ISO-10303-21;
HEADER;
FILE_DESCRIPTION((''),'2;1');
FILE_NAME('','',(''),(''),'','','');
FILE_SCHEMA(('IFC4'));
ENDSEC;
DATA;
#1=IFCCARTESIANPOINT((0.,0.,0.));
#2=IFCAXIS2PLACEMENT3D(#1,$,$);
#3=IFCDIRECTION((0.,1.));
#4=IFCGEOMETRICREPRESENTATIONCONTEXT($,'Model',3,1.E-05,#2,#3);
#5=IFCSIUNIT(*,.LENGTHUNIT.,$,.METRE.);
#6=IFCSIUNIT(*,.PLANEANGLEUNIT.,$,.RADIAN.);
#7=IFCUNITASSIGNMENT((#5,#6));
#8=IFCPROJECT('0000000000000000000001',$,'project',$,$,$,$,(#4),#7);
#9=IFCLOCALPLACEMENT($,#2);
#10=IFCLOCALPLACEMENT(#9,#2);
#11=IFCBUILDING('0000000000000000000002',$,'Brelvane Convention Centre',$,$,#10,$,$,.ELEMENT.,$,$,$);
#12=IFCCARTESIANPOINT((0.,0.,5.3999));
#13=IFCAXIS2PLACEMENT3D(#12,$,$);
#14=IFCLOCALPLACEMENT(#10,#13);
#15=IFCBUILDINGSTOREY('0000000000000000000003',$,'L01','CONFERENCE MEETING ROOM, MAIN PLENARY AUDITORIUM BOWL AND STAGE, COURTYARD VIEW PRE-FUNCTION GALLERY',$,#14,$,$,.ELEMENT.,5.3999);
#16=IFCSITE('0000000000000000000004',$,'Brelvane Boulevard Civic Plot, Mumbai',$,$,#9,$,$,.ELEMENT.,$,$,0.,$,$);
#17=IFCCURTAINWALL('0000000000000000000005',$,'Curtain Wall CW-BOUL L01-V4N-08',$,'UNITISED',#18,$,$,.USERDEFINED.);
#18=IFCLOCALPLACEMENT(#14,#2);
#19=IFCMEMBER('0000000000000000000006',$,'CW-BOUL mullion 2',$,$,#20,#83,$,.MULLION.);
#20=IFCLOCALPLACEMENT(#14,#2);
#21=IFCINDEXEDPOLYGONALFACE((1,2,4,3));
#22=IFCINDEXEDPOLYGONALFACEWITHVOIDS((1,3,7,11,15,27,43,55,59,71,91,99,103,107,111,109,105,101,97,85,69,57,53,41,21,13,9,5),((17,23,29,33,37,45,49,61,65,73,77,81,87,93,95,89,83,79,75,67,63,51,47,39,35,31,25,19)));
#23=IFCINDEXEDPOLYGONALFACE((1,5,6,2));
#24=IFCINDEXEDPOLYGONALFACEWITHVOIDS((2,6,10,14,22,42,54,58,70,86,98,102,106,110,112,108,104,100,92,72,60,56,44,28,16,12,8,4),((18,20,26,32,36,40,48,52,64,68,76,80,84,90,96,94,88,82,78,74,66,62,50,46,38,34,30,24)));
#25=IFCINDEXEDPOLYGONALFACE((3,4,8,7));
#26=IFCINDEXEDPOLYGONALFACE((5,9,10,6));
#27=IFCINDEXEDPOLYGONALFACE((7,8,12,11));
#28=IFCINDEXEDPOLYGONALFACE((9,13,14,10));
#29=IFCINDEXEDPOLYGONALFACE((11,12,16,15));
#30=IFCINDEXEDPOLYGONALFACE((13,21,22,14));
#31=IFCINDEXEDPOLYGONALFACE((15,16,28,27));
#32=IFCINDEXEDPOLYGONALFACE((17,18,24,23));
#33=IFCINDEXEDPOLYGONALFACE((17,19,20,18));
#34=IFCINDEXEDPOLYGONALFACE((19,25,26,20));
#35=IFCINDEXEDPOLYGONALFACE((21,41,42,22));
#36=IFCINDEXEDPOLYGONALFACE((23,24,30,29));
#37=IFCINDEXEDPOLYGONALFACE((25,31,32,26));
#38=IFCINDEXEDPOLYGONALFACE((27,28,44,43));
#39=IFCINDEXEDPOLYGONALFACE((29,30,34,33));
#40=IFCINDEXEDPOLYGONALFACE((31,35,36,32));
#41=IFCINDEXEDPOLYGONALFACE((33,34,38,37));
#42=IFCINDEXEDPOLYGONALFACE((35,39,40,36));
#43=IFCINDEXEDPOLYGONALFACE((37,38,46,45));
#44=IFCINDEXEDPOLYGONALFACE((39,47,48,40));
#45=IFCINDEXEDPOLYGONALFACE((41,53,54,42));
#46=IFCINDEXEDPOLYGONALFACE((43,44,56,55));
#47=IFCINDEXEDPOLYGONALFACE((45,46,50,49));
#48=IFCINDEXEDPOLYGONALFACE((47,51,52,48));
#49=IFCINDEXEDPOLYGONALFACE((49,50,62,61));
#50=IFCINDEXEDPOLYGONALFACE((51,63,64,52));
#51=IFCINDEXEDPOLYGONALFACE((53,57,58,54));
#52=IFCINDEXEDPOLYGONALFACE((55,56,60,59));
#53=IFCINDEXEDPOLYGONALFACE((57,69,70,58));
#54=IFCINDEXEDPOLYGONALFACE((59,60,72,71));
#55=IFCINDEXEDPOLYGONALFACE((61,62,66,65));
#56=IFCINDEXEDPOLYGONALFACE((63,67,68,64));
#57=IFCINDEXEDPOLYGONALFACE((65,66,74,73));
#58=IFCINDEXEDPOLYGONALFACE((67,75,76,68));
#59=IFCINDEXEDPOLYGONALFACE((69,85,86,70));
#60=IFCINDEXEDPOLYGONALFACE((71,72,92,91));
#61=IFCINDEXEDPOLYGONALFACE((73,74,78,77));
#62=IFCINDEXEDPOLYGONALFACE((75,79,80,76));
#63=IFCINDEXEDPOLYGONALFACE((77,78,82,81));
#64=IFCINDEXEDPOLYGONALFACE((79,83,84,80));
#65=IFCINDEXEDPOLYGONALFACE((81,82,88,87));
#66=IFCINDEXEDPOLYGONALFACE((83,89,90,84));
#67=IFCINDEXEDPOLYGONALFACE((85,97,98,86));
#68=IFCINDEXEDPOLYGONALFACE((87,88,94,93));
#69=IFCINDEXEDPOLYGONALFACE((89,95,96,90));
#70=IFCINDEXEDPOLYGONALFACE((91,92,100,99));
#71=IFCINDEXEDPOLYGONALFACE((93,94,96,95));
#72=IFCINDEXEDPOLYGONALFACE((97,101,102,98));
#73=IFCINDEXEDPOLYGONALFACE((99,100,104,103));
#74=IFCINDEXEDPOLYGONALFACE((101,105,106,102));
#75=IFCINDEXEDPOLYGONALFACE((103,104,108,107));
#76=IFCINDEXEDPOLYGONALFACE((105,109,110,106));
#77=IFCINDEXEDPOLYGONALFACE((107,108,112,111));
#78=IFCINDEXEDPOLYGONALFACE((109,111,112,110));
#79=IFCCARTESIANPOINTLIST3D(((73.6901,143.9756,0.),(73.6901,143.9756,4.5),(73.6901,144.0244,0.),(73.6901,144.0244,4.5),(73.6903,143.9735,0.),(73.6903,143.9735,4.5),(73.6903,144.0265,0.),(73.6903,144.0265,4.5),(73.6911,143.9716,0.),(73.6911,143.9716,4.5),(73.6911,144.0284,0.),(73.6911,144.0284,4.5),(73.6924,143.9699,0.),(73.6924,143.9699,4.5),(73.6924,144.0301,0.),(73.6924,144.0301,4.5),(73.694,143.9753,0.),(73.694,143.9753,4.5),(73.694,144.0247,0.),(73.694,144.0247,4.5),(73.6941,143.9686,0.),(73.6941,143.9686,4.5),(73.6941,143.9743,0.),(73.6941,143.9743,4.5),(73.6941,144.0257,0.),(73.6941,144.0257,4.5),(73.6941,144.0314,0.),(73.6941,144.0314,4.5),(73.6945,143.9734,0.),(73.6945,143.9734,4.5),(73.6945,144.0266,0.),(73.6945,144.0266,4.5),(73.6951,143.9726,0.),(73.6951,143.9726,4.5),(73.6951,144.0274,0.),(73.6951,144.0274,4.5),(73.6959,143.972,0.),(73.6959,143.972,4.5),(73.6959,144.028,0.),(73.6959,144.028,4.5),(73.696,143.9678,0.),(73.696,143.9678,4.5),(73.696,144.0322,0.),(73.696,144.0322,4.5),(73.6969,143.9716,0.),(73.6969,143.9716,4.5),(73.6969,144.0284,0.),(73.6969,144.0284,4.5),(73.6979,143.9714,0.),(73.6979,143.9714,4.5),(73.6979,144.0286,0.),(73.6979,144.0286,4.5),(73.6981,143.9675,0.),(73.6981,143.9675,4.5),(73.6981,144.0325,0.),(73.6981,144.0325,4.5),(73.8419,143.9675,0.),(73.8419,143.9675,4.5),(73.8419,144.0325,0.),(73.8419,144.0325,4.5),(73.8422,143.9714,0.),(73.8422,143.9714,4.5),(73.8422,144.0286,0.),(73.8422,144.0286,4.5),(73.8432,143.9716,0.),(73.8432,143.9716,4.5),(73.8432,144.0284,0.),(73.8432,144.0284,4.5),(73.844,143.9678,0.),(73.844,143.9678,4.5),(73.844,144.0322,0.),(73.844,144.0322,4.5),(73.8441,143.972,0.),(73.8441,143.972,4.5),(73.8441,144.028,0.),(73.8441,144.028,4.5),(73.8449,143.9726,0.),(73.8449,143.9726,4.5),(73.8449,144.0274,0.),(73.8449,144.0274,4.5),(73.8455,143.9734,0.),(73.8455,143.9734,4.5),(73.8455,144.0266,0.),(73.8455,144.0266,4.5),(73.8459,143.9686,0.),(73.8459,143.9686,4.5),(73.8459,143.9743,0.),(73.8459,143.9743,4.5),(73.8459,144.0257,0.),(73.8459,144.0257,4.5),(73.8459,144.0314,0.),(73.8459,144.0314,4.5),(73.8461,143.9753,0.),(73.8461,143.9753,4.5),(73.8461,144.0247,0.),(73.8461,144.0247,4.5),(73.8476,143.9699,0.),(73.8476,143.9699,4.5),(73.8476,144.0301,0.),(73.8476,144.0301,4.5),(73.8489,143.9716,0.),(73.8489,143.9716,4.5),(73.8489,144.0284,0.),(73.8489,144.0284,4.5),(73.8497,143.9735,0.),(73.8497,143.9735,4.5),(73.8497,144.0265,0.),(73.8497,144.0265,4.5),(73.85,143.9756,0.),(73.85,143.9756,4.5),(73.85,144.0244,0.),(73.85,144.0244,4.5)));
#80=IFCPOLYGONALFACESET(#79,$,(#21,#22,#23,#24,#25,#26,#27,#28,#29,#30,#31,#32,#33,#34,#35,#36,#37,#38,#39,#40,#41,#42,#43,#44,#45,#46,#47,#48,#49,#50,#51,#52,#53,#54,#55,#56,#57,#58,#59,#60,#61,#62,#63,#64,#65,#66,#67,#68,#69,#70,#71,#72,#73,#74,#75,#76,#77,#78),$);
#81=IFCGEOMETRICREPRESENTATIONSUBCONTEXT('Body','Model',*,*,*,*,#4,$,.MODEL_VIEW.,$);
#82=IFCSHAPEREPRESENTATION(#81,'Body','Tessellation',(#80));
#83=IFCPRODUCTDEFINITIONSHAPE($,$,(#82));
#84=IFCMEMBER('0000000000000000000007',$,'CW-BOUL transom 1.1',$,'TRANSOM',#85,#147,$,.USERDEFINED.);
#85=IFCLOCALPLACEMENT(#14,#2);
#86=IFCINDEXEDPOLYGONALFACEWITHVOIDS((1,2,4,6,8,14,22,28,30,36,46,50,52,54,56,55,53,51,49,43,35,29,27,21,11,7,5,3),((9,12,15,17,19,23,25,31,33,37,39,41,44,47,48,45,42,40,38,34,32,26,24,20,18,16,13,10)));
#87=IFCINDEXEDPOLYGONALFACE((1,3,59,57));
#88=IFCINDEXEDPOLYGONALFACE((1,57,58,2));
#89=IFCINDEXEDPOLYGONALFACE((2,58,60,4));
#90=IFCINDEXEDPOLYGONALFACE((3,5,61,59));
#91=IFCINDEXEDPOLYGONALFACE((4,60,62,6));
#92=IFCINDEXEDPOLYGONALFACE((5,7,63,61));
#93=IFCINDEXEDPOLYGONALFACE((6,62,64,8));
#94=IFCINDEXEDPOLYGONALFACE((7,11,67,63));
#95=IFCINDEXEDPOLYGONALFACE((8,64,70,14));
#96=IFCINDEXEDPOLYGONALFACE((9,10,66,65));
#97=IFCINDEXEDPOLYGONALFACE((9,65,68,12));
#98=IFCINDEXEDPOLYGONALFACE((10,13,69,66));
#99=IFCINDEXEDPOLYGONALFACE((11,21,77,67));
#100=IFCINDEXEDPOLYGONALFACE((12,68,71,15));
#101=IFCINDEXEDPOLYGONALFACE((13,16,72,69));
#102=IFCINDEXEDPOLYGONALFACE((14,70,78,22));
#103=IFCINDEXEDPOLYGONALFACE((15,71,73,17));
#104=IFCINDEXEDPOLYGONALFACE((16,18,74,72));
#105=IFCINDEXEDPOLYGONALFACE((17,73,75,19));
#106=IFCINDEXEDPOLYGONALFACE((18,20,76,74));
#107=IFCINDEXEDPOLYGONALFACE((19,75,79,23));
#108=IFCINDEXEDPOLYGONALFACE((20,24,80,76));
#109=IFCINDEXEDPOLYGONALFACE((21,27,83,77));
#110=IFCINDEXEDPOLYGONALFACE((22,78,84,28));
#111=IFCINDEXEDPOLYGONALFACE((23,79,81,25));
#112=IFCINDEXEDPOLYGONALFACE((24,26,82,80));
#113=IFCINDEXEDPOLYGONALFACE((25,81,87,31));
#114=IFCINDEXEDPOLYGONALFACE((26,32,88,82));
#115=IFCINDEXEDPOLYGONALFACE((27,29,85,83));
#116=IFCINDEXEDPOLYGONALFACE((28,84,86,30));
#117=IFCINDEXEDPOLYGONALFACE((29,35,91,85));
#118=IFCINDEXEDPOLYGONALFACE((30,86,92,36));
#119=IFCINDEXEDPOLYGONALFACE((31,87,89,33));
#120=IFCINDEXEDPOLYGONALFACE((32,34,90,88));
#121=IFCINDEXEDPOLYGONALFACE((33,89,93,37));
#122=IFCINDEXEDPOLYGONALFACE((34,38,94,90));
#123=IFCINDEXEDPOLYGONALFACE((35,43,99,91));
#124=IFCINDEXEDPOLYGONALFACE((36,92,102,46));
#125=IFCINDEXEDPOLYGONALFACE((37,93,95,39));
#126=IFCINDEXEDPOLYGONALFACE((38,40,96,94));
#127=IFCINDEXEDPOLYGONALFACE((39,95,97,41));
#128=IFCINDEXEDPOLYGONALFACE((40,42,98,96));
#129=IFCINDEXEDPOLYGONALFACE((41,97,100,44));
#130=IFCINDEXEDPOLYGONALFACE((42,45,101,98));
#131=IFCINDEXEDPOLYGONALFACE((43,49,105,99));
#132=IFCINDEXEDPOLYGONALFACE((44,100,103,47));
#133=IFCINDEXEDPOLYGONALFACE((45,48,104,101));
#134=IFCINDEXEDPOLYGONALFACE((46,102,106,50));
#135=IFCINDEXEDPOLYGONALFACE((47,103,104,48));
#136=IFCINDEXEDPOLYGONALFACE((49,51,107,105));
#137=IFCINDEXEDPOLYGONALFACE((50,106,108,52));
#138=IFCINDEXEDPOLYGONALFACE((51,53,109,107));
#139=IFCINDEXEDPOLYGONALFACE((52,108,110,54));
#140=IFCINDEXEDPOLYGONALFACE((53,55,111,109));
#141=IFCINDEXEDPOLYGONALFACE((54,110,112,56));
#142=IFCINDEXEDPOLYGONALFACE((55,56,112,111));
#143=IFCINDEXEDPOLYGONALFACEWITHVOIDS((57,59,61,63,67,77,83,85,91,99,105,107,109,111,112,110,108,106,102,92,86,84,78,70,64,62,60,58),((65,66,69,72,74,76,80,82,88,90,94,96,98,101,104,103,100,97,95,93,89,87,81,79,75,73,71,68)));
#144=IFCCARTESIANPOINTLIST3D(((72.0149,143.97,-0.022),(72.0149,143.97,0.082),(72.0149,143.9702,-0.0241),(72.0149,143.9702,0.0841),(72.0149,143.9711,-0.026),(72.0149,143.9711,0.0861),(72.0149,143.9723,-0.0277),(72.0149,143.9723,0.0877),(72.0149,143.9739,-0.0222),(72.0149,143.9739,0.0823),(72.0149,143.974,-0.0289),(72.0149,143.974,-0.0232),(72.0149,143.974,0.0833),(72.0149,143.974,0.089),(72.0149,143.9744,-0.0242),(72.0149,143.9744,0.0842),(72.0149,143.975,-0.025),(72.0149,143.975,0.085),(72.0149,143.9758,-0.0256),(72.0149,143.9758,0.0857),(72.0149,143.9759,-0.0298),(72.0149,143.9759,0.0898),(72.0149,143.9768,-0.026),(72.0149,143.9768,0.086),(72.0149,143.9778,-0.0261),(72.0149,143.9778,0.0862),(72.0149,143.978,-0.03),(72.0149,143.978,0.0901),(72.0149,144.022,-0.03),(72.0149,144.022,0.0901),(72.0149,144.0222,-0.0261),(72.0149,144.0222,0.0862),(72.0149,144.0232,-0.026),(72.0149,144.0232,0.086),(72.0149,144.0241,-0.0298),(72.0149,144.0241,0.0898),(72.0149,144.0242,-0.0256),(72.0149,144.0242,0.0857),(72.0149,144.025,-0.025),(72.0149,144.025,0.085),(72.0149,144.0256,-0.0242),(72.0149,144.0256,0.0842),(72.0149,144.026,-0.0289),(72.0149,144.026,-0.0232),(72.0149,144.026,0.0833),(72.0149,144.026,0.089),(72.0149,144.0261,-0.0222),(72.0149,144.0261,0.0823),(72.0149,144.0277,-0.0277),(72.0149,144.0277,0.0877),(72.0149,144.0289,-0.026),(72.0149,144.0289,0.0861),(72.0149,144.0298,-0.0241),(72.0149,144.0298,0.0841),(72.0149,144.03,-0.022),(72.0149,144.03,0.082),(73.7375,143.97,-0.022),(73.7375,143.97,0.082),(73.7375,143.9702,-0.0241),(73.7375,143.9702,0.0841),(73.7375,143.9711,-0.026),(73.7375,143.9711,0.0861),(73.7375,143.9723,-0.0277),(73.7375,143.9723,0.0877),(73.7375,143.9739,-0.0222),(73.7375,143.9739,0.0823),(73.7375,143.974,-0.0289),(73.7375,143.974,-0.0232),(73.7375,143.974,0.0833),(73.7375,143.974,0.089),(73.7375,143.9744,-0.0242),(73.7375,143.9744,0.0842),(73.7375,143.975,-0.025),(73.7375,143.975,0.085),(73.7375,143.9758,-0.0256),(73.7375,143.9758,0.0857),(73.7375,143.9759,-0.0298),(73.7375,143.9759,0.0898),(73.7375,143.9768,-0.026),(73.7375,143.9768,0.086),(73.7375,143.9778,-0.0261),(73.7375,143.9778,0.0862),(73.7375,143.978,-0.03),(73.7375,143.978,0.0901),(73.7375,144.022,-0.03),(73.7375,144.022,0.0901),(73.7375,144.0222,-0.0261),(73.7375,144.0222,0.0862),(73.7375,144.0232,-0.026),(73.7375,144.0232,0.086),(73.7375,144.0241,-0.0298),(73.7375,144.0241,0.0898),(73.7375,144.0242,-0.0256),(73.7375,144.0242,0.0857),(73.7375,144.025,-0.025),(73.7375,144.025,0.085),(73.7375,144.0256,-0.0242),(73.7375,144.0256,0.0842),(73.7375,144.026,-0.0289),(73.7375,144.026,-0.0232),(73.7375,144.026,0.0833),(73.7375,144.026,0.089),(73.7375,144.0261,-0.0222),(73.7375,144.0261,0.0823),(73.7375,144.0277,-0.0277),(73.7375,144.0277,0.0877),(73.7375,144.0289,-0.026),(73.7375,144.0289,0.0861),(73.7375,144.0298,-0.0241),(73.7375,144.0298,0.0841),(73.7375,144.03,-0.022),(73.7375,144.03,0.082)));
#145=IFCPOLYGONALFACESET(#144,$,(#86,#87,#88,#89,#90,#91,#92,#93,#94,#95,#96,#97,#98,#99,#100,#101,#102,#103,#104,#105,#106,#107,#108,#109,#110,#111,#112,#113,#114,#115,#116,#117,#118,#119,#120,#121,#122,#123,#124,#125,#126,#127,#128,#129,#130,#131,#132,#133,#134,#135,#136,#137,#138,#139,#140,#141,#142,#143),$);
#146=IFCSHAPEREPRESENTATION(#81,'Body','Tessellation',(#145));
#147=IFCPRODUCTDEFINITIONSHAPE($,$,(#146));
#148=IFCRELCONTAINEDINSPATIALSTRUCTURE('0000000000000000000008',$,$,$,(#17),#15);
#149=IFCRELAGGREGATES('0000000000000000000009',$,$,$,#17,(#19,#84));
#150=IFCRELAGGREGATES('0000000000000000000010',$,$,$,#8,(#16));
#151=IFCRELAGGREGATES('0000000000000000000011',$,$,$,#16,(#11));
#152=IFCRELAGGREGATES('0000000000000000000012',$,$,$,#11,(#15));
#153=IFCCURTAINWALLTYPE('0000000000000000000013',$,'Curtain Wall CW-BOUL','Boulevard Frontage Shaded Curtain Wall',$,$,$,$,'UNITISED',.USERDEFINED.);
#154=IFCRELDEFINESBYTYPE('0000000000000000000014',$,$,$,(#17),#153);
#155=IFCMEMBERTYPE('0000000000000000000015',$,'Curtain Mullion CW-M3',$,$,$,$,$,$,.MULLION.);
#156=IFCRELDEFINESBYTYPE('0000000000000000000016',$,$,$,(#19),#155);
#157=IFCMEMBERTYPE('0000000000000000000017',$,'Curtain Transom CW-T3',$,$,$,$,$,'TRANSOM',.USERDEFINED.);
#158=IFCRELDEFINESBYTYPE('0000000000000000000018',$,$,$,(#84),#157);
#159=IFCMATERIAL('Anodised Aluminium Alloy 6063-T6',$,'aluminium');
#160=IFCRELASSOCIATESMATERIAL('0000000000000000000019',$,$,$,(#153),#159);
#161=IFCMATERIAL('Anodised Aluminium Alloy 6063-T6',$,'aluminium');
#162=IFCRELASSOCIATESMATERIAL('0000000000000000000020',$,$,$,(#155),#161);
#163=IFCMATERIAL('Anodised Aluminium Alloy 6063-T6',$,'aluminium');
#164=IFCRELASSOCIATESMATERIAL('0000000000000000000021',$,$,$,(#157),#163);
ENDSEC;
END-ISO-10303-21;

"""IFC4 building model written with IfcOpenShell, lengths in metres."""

from ifc_helpers import new_model, si_unit, direction, frame, origin, origin_2d, place, context, subcontext, project, spatial, hollow_rectangle, extrude, material, material_profile, profile_set, type_object, element, aggregate, save


model = new_model("IFC4")

# Units and contexts
model_context = context("Model", 3, precision=1e-05, world=origin(), true_north=direction((0.0, 1.0)))
body_context = subcontext(model_context, "Body", "Model", "MODEL_VIEW")
ifc_project = project(units=[si_unit("LENGTHUNIT", "METRE"), si_unit("PLANEANGLEUNIT", "RADIAN")], contexts=[model_context])

# Site, building, storey
site_placement = place(None, origin())
site = spatial("IfcSite", under=ifc_project, at=site_placement, Name="Brelvane Boulevard Civic Plot, Mumbai", CompositionType="ELEMENT", RefElevation=0.0)
building_placement = place(site_placement, origin())
building = spatial("IfcBuilding", under=site, at=building_placement, Name="Brelvane Convention Centre", CompositionType="ELEMENT")
storey_placement = place(building_placement, frame((0.0, 0.0, 5.3999)))
storey = spatial("IfcBuildingStorey", under=building, at=storey_placement, Name="L01", Description="CONFERENCE MEETING ROOM, MAIN PLENARY AUDITORIUM BOWL AND STAGE, COURTYARD VIEW PRE-FUNCTION GALLERY", CompositionType="ELEMENT", Elevation=5.3999)

# Curtain wall, members
ifc_material_1 = material(Name="Anodised Aluminium Alloy 6063-T6", Category="aluminium")
curtain_wall_type = type_object("IfcCurtainWallType", Name="Curtain Wall CW-BOUL", Description="Boulevard Frontage Shaded Curtain Wall", ElementType="UNITISED", PredefinedType="USERDEFINED", material=ifc_material_1)
curtain_wall_placement = place(storey_placement, origin())
curtain_wall = element("IfcCurtainWall", 1, at=curtain_wall_placement, inside=storey, type_object=curtain_wall_type, Name="Curtain Wall CW-BOUL L01-V4N-08", ObjectType="UNITISED", PredefinedType="USERDEFINED")
ifc_material_2 = material(Name="Anodised Aluminium Alloy 6063-T6", Category="aluminium")
ifc_material_profile_1 = material_profile(ifc_material_2, hollow_rectangle(XDim=0.0649, YDim=0.1599, WallThickness=0.0039, InnerFilletRadius=0.0039, OuterFilletRadius=0.0081, at=origin_2d()), Name="ALU-M 160x65x4.0")
ifc_profile_set_1 = profile_set([ifc_material_profile_1], Name="Anodised Aluminium Alloy 6063-T6")
member_type_1 = type_object("IfcMemberType", Name="Curtain Mullion CW-M3", PredefinedType="MULLION", material=ifc_profile_set_1)
member_1_placement = place(storey_placement, frame((73.77, 144.0, 0.0), z_axis=(0.0, 0.0, 1.0), x_axis=(0.0, 1.0, 0.0)))
member_1 = element("IfcMember", 2, at=member_1_placement, type_object=member_type_1, Name="CW-BOUL mullion 2", PredefinedType="MULLION", context=body_context, shape_type="SweptSolid", body=[
    extrude(hollow_rectangle(XDim=0.0649, YDim=0.1599, WallThickness=0.0039, InnerFilletRadius=0.0039, OuterFilletRadius=0.0081, at=origin_2d()), origin(), (0.0, 0.0, 1.0), 4.5),
])
ifc_material_3 = material(Name="Anodised Aluminium Alloy 6063-T6", Category="aluminium")
ifc_material_profile_2 = material_profile(ifc_material_3, hollow_rectangle(XDim=0.0601, YDim=0.1201, WallThickness=0.0039, InnerFilletRadius=0.0039, OuterFilletRadius=0.0081, at=origin_2d()), Name="ALU-T 120x60x4.0")
ifc_profile_set_2 = profile_set([ifc_material_profile_2], Name="Anodised Aluminium Alloy 6063-T6")
member_type_2 = type_object("IfcMemberType", Name="Curtain Transom CW-T3", ElementType="TRANSOM", PredefinedType="USERDEFINED", material=ifc_profile_set_2)
member_2_placement = place(storey_placement, frame((72.0149, 144.0, 0.03), z_axis=(1.0, 0.0, 0.0), x_axis=(0.0, 1.0, 0.0)))
member_2 = element("IfcMember", 3, at=member_2_placement, type_object=member_type_2, Name="CW-BOUL transom 1.1", ObjectType="TRANSOM", PredefinedType="USERDEFINED", context=body_context, shape_type="SweptSolid", body=[
    extrude(hollow_rectangle(XDim=0.0601, YDim=0.1201, WallThickness=0.0039, InnerFilletRadius=0.0039, OuterFilletRadius=0.0081, at=origin_2d()), origin(), (0.0, 0.0, 1.0), 1.7227),
])

aggregate(curtain_wall, [member_1, member_2])

save(model, "model.ifc")
